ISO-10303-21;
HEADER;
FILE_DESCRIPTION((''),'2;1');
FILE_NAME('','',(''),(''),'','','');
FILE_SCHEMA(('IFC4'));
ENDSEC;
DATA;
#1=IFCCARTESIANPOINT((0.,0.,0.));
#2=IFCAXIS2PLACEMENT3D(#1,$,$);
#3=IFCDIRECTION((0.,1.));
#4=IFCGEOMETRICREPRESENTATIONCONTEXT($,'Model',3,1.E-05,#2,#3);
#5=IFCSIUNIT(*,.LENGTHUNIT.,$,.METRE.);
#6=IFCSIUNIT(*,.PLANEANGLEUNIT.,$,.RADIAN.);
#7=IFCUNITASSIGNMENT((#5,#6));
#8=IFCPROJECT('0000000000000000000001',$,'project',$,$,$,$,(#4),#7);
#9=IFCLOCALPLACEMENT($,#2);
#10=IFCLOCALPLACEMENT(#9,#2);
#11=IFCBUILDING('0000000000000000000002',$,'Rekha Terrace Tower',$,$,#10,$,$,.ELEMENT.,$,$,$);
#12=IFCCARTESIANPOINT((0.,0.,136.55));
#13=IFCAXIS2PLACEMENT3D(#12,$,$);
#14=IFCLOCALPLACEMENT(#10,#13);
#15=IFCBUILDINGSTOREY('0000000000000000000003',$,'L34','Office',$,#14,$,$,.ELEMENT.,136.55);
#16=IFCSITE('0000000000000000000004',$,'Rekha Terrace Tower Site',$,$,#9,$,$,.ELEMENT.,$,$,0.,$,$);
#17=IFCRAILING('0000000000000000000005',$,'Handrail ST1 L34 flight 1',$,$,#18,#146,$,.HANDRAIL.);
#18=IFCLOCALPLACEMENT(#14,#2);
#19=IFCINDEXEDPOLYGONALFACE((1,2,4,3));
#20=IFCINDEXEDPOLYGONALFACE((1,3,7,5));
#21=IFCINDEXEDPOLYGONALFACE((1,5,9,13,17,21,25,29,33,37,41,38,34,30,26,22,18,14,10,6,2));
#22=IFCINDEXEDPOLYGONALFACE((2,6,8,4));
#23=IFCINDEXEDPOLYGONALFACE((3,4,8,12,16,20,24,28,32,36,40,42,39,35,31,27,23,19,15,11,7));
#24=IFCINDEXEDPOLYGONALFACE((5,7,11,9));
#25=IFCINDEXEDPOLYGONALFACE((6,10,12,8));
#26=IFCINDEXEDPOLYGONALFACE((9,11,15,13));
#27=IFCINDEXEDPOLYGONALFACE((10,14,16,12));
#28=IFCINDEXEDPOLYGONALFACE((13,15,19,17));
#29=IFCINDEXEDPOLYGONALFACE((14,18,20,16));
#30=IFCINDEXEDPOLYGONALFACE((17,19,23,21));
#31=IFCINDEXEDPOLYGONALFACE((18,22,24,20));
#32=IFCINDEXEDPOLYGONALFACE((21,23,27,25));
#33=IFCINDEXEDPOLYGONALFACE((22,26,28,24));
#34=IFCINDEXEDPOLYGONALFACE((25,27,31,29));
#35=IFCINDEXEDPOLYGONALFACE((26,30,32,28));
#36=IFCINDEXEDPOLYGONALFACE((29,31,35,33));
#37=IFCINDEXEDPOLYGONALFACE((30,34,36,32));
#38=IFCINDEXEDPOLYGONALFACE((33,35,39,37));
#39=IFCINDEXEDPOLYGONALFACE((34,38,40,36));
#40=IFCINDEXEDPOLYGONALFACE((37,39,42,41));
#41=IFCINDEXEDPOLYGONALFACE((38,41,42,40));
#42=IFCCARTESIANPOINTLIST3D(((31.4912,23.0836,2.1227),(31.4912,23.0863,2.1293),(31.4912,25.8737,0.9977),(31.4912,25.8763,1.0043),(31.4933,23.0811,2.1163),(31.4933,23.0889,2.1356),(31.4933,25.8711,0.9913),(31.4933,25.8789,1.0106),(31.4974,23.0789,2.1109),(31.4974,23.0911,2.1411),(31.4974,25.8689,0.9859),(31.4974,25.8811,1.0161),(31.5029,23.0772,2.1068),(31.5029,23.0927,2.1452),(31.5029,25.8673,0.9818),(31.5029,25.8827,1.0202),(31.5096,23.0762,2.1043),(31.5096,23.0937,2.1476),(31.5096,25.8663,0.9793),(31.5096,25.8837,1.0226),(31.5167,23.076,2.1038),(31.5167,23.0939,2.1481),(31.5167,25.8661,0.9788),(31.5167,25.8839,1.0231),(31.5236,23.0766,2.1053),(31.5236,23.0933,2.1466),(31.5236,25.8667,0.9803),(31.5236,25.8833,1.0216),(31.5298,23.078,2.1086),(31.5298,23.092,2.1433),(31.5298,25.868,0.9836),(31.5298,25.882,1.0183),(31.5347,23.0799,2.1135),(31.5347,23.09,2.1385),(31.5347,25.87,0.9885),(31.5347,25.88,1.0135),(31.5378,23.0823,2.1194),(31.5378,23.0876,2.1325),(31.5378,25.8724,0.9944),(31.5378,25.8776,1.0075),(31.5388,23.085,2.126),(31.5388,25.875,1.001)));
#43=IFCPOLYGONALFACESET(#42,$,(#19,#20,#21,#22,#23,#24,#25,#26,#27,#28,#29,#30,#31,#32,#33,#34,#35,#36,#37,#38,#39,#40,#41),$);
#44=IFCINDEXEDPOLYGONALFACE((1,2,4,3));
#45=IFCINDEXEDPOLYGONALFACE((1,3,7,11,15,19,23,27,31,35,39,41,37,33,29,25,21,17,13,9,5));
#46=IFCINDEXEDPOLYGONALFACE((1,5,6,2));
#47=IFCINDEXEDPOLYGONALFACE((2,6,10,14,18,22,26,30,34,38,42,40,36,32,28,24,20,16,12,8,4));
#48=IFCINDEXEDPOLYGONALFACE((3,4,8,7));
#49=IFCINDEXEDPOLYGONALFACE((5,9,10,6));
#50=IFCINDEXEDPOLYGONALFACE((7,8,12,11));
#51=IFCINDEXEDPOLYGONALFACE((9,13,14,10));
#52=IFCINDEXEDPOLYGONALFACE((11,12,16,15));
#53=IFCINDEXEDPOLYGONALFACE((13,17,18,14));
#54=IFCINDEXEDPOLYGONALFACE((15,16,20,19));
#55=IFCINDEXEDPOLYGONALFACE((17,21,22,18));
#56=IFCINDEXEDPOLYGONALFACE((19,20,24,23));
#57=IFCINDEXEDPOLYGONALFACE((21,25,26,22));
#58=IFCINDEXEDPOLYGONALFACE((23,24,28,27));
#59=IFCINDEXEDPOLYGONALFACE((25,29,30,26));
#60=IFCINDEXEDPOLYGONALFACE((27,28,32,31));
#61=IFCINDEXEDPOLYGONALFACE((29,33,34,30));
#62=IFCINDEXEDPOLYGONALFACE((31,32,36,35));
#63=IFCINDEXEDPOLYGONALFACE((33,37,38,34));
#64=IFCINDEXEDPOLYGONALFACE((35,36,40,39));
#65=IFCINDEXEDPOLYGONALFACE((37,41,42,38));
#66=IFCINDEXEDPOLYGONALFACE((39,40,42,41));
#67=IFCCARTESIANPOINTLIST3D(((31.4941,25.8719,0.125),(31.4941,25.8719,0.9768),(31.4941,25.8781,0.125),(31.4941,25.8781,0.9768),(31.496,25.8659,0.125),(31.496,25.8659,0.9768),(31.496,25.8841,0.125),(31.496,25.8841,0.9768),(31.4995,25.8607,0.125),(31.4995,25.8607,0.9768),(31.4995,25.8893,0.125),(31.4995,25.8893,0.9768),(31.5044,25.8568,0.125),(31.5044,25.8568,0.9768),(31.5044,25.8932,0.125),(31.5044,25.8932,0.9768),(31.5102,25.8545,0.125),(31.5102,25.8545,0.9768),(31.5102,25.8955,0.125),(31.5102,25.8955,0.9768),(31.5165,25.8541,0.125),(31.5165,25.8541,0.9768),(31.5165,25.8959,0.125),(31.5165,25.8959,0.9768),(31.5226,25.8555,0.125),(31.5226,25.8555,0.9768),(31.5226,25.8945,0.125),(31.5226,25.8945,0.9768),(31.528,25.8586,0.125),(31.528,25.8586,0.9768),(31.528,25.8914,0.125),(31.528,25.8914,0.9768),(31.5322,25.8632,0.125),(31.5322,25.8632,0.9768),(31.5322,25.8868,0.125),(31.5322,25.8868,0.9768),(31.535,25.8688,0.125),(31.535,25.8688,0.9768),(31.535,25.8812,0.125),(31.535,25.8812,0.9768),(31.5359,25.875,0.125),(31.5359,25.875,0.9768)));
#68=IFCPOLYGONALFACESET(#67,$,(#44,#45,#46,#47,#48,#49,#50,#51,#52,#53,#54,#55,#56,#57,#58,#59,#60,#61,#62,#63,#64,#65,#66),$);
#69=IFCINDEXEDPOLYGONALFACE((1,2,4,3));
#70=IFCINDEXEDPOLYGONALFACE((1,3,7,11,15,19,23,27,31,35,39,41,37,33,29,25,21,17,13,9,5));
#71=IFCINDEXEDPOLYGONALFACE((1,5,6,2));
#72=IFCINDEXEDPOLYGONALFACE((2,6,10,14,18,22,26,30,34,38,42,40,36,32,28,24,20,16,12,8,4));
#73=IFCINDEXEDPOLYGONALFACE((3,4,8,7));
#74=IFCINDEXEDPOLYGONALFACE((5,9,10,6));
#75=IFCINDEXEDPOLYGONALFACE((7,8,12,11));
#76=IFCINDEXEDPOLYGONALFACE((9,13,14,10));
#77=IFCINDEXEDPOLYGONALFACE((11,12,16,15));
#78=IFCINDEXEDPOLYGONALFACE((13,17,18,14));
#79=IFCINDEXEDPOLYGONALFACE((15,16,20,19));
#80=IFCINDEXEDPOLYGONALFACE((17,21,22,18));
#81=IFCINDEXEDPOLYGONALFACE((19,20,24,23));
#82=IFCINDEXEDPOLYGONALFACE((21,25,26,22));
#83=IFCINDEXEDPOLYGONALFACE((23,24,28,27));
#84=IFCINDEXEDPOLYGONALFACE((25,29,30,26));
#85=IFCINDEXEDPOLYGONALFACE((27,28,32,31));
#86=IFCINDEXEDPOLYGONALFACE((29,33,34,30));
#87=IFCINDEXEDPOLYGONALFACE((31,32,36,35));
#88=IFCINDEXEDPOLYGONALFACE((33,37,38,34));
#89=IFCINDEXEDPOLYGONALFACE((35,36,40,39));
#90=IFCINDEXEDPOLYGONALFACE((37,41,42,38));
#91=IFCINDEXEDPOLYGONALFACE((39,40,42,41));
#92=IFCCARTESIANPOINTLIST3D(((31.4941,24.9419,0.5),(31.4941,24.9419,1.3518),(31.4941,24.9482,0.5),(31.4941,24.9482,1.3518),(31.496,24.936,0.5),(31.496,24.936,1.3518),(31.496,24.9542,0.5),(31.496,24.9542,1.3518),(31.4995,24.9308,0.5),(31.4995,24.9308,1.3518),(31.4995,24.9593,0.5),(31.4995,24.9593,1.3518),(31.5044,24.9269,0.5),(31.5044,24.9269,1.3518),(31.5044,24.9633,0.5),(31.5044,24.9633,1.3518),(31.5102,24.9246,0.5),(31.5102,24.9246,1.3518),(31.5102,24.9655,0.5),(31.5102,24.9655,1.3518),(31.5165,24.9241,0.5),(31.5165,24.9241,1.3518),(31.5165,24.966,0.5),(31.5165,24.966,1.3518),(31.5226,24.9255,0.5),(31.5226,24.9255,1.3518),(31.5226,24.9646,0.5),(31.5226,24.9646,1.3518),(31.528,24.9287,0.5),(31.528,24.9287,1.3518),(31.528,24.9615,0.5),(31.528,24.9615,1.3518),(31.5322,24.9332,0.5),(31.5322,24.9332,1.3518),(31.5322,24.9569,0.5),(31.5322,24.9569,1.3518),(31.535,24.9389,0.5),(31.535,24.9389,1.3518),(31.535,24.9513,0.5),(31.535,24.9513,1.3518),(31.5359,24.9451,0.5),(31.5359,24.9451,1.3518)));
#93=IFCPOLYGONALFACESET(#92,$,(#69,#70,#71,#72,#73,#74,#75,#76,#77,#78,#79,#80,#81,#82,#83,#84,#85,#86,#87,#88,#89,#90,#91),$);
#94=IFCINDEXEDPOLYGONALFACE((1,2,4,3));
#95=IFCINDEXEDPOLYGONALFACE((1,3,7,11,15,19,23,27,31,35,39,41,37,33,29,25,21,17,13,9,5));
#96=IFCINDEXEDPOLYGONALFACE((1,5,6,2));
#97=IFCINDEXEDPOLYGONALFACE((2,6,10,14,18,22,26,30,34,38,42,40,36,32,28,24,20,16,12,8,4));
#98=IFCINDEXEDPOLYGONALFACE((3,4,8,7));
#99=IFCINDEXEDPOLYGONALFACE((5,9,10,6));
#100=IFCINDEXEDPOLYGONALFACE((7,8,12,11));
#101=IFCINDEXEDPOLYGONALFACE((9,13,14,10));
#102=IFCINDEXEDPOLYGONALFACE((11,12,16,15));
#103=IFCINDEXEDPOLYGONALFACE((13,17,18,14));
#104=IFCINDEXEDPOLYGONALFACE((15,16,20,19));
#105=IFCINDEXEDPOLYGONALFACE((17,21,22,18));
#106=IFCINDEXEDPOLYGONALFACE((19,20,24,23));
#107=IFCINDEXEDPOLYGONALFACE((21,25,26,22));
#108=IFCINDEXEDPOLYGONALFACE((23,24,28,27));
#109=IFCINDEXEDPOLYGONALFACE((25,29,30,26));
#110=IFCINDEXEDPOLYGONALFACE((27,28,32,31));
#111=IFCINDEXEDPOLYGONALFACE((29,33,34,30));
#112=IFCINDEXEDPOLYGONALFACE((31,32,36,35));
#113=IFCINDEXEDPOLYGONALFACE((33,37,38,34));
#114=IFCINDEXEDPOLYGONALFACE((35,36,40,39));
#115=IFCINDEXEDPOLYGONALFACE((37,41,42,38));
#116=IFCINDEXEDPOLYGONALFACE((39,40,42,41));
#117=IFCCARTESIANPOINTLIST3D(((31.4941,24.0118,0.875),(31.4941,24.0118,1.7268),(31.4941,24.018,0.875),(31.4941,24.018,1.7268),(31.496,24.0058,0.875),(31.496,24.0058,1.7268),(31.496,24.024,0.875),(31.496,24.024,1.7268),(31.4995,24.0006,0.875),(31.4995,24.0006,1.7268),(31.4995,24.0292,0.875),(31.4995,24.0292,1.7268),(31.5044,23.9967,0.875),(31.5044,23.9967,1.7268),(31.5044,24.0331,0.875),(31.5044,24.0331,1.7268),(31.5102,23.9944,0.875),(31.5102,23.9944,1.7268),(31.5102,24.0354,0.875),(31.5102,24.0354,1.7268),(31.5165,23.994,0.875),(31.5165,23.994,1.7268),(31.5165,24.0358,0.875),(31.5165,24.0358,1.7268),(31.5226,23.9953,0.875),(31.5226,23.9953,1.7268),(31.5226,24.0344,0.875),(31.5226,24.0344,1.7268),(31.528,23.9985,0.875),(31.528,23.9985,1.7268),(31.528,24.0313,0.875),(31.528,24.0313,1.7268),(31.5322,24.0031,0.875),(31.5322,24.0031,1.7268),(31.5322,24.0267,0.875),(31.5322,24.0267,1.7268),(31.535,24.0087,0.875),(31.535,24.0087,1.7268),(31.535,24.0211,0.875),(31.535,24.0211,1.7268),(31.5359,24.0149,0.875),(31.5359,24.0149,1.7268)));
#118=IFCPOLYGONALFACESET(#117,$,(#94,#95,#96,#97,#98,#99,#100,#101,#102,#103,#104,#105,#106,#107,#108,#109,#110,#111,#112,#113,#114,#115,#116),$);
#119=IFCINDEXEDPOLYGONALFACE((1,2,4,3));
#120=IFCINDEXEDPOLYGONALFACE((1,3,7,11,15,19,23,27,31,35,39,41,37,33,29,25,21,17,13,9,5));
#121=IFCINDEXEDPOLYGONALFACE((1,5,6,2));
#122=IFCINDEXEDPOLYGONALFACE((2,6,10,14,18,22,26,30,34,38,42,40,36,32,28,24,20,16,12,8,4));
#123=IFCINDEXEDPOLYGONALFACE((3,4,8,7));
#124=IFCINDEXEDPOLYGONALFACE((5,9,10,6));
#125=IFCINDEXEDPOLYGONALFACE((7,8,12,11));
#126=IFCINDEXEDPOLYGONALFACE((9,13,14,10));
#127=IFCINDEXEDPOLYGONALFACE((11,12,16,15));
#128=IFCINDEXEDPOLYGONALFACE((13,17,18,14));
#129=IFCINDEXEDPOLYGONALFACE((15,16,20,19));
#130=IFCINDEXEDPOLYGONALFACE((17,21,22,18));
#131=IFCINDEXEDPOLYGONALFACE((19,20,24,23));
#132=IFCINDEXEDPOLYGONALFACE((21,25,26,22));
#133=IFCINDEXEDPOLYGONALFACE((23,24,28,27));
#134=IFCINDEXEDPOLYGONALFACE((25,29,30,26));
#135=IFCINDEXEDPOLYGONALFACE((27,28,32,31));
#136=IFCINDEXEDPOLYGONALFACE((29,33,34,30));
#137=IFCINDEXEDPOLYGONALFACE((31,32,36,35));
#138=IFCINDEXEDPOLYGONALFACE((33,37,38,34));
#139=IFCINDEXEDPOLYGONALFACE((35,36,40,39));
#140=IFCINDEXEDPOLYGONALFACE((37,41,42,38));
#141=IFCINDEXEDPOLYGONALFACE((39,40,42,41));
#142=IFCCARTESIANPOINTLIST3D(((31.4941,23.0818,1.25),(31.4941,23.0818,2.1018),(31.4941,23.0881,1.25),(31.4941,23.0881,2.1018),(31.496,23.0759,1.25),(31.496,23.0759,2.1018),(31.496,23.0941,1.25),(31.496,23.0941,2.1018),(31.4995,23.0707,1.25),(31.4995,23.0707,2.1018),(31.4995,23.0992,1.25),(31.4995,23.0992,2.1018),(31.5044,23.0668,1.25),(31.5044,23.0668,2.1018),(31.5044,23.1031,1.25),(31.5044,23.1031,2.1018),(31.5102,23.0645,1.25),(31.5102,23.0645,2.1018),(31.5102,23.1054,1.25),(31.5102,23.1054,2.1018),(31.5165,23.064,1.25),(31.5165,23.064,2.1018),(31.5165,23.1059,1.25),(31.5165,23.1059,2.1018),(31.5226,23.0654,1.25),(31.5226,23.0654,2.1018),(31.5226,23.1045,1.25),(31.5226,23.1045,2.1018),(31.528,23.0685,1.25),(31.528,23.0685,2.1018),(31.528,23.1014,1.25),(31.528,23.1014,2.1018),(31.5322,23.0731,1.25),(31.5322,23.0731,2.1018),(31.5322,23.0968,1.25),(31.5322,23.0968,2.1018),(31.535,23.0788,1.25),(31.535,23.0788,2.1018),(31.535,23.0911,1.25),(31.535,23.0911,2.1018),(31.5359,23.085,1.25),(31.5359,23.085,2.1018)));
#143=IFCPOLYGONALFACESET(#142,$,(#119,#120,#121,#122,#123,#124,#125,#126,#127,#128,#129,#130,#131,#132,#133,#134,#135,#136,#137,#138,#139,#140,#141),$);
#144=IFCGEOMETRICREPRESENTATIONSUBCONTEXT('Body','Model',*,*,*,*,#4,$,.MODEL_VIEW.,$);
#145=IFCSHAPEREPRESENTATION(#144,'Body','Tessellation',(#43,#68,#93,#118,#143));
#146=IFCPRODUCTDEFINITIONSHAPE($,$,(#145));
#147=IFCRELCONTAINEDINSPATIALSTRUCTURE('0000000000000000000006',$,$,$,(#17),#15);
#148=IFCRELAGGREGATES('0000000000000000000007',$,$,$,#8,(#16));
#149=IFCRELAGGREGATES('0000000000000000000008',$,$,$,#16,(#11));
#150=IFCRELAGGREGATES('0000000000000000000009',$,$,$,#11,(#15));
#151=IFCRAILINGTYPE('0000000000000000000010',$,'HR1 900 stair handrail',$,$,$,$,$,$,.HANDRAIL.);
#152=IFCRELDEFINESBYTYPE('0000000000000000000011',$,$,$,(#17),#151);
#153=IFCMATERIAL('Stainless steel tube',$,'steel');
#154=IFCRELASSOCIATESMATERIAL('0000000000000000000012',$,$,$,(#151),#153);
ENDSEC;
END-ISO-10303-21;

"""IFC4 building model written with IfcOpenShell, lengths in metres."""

from ifc_helpers import new_model, si_unit, direction, frame, origin, origin_2d, place, context, subcontext, project, spatial, circle, extrude, material, type_object, element, save


model = new_model("IFC4")

# Units and contexts
model_context = context("Model", 3, precision=1e-05, world=origin(), true_north=direction((0.0, 1.0)))
body_context = subcontext(model_context, "Body", "Model", "MODEL_VIEW")
ifc_project = project(units=[si_unit("LENGTHUNIT", "METRE"), si_unit("PLANEANGLEUNIT", "RADIAN")], contexts=[model_context])

# Site, building, storey
site_placement = place(None, origin())
site = spatial("IfcSite", under=ifc_project, at=site_placement, Name="Rekha Terrace Tower Site", CompositionType="ELEMENT", RefElevation=0.0)
building_placement = place(site_placement, origin())
building = spatial("IfcBuilding", under=site, at=building_placement, Name="Rekha Terrace Tower", CompositionType="ELEMENT")
storey_placement = place(building_placement, frame((0.0, 0.0, 136.55)))
storey = spatial("IfcBuildingStorey", under=building, at=storey_placement, Name="L34", Description="Office", CompositionType="ELEMENT", Elevation=136.55)

# Railing
ifc_material_1 = material(Name="Stainless steel tube", Category="steel")
railing_type = type_object("IfcRailingType", Name="HR1 900 stair handrail", PredefinedType="HANDRAIL", material=ifc_material_1)
railing_1_placement = place(storey_placement, frame((31.5149, 25.875, 0.125)))
element("IfcRailing", 1, at=railing_1_placement, inside=storey, type_object=railing_type, Name="Handrail ST1 L34 flight 1", PredefinedType="HANDRAIL", context=body_context, shape_type="SweptSolid", body=[
    extrude(circle(Radius=0.0239, at=origin_2d()), frame((0.0, 0.0, 0.876), z_axis=(0.0, -0.927443, 0.373964), x_axis=(1.0, 0.0, 0.0)), (0.0, 0.0, 1.0), 3.0083),
    extrude(circle(Radius=0.021, at=origin_2d()), origin(), (0.0, 0.0, 1.0), 0.8518),
    extrude(circle(Radius=0.021, at=origin_2d()), frame((0.0, -0.9299, 0.375)), (0.0, 0.0, 1.0), 0.8518),
    extrude(circle(Radius=0.021, at=origin_2d()), frame((0.0, -1.8601, 0.75)), (0.0, 0.0, 1.0), 0.8518),
    extrude(circle(Radius=0.021, at=origin_2d()), frame((0.0, -2.79, 1.125)), (0.0, 0.0, 1.0), 0.8518),
])

save(model, "model.ifc")
